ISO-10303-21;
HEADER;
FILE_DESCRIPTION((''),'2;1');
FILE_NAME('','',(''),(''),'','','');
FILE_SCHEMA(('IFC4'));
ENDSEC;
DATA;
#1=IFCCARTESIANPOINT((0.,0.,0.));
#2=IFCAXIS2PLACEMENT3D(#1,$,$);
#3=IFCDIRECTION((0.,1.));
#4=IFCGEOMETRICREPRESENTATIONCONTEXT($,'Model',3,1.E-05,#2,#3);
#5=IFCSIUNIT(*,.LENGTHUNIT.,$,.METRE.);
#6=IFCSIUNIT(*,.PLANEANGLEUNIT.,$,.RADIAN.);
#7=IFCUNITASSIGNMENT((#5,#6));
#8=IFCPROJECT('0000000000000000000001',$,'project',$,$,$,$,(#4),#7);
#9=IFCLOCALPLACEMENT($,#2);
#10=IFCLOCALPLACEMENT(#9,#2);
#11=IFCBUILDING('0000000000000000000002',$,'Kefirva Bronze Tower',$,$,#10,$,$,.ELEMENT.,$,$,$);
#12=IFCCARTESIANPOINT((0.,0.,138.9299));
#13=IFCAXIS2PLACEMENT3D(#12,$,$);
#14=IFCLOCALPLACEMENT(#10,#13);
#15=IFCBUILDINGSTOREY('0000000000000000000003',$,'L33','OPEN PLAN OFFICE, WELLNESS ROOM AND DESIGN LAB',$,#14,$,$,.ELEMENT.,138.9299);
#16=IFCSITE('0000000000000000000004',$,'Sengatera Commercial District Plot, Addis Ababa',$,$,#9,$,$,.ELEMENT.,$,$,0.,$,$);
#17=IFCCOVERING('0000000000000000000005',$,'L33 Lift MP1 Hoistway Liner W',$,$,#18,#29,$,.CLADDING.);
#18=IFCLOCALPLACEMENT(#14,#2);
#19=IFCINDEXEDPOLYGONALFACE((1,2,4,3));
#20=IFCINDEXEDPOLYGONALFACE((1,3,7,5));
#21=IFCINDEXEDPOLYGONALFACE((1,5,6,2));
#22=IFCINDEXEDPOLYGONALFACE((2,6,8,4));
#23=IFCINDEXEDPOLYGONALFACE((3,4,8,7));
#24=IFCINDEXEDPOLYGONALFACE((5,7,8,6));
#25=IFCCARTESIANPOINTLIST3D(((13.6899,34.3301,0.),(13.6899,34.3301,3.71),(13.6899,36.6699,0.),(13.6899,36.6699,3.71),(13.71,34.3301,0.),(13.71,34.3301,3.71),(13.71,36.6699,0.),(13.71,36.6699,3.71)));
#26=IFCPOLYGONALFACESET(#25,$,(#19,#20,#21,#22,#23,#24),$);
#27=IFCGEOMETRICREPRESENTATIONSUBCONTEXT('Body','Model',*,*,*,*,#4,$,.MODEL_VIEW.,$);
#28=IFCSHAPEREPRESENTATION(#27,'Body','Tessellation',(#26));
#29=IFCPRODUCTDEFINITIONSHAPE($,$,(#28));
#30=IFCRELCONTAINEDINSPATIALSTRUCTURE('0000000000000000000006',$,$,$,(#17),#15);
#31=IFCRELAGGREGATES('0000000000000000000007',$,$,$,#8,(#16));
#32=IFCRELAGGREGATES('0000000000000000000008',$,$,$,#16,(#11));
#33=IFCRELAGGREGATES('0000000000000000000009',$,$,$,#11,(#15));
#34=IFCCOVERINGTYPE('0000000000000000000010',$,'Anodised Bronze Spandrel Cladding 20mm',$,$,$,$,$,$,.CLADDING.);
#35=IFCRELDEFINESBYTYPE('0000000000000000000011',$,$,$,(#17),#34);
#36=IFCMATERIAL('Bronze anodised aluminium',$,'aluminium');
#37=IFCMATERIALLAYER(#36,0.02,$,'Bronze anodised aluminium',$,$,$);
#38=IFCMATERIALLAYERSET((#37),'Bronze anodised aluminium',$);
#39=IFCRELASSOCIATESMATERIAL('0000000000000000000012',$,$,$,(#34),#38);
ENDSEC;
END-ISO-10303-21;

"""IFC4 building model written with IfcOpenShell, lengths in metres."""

from ifc_helpers import new_model, si_unit, direction, frame, origin, place, context, subcontext, project, spatial, polyline, outline, extrude, material, layer, layer_set, type_object, element, save


model = new_model("IFC4")

# Units and contexts
model_context = context("Model", 3, precision=1e-05, world=origin(), true_north=direction((0.0, 1.0)))
body_context = subcontext(model_context, "Body", "Model", "MODEL_VIEW")
ifc_project = project(units=[si_unit("LENGTHUNIT", "METRE"), si_unit("PLANEANGLEUNIT", "RADIAN")], contexts=[model_context])

# Site, building, storey
site_placement = place(None, origin())
site = spatial("IfcSite", under=ifc_project, at=site_placement, Name="Sengatera Commercial District Plot, Addis Ababa", CompositionType="ELEMENT", RefElevation=0.0)
building_placement = place(site_placement, origin())
building = spatial("IfcBuilding", under=site, at=building_placement, Name="Kefirva Bronze Tower", CompositionType="ELEMENT")
storey_placement = place(building_placement, frame((0.0, 0.0, 138.9299)))
storey = spatial("IfcBuildingStorey", under=building, at=storey_placement, Name="L33", Description="OPEN PLAN OFFICE, WELLNESS ROOM AND DESIGN LAB", CompositionType="ELEMENT", Elevation=138.9299)

# Covering
ifc_material_1 = material(Name="Bronze anodised aluminium", Category="aluminium")
ifc_layer_1 = layer(ifc_material_1, 0.02, Name="Bronze anodised aluminium")
ifc_layer_set_1 = layer_set([ifc_layer_1], Name="Bronze anodised aluminium")
covering_type = type_object("IfcCoveringType", Name="Anodised Bronze Spandrel Cladding 20mm", PredefinedType="CLADDING", material=ifc_layer_set_1)
covering_1_placement = place(storey_placement, origin())
element("IfcCovering", 1, at=covering_1_placement, inside=storey, type_object=covering_type, Name="L33 Lift MP1 Hoistway Liner W", PredefinedType="CLADDING", context=body_context, shape_type="SweptSolid", body=[
    extrude(outline(polyline([(13.6899, 34.3301), (13.71, 34.3301), (13.71, 36.6699), (13.6899, 36.6699), (13.6899, 34.3301)])), origin(), (0.0, 0.0, 1.0), 3.71),
])

save(model, "model.ifc")
